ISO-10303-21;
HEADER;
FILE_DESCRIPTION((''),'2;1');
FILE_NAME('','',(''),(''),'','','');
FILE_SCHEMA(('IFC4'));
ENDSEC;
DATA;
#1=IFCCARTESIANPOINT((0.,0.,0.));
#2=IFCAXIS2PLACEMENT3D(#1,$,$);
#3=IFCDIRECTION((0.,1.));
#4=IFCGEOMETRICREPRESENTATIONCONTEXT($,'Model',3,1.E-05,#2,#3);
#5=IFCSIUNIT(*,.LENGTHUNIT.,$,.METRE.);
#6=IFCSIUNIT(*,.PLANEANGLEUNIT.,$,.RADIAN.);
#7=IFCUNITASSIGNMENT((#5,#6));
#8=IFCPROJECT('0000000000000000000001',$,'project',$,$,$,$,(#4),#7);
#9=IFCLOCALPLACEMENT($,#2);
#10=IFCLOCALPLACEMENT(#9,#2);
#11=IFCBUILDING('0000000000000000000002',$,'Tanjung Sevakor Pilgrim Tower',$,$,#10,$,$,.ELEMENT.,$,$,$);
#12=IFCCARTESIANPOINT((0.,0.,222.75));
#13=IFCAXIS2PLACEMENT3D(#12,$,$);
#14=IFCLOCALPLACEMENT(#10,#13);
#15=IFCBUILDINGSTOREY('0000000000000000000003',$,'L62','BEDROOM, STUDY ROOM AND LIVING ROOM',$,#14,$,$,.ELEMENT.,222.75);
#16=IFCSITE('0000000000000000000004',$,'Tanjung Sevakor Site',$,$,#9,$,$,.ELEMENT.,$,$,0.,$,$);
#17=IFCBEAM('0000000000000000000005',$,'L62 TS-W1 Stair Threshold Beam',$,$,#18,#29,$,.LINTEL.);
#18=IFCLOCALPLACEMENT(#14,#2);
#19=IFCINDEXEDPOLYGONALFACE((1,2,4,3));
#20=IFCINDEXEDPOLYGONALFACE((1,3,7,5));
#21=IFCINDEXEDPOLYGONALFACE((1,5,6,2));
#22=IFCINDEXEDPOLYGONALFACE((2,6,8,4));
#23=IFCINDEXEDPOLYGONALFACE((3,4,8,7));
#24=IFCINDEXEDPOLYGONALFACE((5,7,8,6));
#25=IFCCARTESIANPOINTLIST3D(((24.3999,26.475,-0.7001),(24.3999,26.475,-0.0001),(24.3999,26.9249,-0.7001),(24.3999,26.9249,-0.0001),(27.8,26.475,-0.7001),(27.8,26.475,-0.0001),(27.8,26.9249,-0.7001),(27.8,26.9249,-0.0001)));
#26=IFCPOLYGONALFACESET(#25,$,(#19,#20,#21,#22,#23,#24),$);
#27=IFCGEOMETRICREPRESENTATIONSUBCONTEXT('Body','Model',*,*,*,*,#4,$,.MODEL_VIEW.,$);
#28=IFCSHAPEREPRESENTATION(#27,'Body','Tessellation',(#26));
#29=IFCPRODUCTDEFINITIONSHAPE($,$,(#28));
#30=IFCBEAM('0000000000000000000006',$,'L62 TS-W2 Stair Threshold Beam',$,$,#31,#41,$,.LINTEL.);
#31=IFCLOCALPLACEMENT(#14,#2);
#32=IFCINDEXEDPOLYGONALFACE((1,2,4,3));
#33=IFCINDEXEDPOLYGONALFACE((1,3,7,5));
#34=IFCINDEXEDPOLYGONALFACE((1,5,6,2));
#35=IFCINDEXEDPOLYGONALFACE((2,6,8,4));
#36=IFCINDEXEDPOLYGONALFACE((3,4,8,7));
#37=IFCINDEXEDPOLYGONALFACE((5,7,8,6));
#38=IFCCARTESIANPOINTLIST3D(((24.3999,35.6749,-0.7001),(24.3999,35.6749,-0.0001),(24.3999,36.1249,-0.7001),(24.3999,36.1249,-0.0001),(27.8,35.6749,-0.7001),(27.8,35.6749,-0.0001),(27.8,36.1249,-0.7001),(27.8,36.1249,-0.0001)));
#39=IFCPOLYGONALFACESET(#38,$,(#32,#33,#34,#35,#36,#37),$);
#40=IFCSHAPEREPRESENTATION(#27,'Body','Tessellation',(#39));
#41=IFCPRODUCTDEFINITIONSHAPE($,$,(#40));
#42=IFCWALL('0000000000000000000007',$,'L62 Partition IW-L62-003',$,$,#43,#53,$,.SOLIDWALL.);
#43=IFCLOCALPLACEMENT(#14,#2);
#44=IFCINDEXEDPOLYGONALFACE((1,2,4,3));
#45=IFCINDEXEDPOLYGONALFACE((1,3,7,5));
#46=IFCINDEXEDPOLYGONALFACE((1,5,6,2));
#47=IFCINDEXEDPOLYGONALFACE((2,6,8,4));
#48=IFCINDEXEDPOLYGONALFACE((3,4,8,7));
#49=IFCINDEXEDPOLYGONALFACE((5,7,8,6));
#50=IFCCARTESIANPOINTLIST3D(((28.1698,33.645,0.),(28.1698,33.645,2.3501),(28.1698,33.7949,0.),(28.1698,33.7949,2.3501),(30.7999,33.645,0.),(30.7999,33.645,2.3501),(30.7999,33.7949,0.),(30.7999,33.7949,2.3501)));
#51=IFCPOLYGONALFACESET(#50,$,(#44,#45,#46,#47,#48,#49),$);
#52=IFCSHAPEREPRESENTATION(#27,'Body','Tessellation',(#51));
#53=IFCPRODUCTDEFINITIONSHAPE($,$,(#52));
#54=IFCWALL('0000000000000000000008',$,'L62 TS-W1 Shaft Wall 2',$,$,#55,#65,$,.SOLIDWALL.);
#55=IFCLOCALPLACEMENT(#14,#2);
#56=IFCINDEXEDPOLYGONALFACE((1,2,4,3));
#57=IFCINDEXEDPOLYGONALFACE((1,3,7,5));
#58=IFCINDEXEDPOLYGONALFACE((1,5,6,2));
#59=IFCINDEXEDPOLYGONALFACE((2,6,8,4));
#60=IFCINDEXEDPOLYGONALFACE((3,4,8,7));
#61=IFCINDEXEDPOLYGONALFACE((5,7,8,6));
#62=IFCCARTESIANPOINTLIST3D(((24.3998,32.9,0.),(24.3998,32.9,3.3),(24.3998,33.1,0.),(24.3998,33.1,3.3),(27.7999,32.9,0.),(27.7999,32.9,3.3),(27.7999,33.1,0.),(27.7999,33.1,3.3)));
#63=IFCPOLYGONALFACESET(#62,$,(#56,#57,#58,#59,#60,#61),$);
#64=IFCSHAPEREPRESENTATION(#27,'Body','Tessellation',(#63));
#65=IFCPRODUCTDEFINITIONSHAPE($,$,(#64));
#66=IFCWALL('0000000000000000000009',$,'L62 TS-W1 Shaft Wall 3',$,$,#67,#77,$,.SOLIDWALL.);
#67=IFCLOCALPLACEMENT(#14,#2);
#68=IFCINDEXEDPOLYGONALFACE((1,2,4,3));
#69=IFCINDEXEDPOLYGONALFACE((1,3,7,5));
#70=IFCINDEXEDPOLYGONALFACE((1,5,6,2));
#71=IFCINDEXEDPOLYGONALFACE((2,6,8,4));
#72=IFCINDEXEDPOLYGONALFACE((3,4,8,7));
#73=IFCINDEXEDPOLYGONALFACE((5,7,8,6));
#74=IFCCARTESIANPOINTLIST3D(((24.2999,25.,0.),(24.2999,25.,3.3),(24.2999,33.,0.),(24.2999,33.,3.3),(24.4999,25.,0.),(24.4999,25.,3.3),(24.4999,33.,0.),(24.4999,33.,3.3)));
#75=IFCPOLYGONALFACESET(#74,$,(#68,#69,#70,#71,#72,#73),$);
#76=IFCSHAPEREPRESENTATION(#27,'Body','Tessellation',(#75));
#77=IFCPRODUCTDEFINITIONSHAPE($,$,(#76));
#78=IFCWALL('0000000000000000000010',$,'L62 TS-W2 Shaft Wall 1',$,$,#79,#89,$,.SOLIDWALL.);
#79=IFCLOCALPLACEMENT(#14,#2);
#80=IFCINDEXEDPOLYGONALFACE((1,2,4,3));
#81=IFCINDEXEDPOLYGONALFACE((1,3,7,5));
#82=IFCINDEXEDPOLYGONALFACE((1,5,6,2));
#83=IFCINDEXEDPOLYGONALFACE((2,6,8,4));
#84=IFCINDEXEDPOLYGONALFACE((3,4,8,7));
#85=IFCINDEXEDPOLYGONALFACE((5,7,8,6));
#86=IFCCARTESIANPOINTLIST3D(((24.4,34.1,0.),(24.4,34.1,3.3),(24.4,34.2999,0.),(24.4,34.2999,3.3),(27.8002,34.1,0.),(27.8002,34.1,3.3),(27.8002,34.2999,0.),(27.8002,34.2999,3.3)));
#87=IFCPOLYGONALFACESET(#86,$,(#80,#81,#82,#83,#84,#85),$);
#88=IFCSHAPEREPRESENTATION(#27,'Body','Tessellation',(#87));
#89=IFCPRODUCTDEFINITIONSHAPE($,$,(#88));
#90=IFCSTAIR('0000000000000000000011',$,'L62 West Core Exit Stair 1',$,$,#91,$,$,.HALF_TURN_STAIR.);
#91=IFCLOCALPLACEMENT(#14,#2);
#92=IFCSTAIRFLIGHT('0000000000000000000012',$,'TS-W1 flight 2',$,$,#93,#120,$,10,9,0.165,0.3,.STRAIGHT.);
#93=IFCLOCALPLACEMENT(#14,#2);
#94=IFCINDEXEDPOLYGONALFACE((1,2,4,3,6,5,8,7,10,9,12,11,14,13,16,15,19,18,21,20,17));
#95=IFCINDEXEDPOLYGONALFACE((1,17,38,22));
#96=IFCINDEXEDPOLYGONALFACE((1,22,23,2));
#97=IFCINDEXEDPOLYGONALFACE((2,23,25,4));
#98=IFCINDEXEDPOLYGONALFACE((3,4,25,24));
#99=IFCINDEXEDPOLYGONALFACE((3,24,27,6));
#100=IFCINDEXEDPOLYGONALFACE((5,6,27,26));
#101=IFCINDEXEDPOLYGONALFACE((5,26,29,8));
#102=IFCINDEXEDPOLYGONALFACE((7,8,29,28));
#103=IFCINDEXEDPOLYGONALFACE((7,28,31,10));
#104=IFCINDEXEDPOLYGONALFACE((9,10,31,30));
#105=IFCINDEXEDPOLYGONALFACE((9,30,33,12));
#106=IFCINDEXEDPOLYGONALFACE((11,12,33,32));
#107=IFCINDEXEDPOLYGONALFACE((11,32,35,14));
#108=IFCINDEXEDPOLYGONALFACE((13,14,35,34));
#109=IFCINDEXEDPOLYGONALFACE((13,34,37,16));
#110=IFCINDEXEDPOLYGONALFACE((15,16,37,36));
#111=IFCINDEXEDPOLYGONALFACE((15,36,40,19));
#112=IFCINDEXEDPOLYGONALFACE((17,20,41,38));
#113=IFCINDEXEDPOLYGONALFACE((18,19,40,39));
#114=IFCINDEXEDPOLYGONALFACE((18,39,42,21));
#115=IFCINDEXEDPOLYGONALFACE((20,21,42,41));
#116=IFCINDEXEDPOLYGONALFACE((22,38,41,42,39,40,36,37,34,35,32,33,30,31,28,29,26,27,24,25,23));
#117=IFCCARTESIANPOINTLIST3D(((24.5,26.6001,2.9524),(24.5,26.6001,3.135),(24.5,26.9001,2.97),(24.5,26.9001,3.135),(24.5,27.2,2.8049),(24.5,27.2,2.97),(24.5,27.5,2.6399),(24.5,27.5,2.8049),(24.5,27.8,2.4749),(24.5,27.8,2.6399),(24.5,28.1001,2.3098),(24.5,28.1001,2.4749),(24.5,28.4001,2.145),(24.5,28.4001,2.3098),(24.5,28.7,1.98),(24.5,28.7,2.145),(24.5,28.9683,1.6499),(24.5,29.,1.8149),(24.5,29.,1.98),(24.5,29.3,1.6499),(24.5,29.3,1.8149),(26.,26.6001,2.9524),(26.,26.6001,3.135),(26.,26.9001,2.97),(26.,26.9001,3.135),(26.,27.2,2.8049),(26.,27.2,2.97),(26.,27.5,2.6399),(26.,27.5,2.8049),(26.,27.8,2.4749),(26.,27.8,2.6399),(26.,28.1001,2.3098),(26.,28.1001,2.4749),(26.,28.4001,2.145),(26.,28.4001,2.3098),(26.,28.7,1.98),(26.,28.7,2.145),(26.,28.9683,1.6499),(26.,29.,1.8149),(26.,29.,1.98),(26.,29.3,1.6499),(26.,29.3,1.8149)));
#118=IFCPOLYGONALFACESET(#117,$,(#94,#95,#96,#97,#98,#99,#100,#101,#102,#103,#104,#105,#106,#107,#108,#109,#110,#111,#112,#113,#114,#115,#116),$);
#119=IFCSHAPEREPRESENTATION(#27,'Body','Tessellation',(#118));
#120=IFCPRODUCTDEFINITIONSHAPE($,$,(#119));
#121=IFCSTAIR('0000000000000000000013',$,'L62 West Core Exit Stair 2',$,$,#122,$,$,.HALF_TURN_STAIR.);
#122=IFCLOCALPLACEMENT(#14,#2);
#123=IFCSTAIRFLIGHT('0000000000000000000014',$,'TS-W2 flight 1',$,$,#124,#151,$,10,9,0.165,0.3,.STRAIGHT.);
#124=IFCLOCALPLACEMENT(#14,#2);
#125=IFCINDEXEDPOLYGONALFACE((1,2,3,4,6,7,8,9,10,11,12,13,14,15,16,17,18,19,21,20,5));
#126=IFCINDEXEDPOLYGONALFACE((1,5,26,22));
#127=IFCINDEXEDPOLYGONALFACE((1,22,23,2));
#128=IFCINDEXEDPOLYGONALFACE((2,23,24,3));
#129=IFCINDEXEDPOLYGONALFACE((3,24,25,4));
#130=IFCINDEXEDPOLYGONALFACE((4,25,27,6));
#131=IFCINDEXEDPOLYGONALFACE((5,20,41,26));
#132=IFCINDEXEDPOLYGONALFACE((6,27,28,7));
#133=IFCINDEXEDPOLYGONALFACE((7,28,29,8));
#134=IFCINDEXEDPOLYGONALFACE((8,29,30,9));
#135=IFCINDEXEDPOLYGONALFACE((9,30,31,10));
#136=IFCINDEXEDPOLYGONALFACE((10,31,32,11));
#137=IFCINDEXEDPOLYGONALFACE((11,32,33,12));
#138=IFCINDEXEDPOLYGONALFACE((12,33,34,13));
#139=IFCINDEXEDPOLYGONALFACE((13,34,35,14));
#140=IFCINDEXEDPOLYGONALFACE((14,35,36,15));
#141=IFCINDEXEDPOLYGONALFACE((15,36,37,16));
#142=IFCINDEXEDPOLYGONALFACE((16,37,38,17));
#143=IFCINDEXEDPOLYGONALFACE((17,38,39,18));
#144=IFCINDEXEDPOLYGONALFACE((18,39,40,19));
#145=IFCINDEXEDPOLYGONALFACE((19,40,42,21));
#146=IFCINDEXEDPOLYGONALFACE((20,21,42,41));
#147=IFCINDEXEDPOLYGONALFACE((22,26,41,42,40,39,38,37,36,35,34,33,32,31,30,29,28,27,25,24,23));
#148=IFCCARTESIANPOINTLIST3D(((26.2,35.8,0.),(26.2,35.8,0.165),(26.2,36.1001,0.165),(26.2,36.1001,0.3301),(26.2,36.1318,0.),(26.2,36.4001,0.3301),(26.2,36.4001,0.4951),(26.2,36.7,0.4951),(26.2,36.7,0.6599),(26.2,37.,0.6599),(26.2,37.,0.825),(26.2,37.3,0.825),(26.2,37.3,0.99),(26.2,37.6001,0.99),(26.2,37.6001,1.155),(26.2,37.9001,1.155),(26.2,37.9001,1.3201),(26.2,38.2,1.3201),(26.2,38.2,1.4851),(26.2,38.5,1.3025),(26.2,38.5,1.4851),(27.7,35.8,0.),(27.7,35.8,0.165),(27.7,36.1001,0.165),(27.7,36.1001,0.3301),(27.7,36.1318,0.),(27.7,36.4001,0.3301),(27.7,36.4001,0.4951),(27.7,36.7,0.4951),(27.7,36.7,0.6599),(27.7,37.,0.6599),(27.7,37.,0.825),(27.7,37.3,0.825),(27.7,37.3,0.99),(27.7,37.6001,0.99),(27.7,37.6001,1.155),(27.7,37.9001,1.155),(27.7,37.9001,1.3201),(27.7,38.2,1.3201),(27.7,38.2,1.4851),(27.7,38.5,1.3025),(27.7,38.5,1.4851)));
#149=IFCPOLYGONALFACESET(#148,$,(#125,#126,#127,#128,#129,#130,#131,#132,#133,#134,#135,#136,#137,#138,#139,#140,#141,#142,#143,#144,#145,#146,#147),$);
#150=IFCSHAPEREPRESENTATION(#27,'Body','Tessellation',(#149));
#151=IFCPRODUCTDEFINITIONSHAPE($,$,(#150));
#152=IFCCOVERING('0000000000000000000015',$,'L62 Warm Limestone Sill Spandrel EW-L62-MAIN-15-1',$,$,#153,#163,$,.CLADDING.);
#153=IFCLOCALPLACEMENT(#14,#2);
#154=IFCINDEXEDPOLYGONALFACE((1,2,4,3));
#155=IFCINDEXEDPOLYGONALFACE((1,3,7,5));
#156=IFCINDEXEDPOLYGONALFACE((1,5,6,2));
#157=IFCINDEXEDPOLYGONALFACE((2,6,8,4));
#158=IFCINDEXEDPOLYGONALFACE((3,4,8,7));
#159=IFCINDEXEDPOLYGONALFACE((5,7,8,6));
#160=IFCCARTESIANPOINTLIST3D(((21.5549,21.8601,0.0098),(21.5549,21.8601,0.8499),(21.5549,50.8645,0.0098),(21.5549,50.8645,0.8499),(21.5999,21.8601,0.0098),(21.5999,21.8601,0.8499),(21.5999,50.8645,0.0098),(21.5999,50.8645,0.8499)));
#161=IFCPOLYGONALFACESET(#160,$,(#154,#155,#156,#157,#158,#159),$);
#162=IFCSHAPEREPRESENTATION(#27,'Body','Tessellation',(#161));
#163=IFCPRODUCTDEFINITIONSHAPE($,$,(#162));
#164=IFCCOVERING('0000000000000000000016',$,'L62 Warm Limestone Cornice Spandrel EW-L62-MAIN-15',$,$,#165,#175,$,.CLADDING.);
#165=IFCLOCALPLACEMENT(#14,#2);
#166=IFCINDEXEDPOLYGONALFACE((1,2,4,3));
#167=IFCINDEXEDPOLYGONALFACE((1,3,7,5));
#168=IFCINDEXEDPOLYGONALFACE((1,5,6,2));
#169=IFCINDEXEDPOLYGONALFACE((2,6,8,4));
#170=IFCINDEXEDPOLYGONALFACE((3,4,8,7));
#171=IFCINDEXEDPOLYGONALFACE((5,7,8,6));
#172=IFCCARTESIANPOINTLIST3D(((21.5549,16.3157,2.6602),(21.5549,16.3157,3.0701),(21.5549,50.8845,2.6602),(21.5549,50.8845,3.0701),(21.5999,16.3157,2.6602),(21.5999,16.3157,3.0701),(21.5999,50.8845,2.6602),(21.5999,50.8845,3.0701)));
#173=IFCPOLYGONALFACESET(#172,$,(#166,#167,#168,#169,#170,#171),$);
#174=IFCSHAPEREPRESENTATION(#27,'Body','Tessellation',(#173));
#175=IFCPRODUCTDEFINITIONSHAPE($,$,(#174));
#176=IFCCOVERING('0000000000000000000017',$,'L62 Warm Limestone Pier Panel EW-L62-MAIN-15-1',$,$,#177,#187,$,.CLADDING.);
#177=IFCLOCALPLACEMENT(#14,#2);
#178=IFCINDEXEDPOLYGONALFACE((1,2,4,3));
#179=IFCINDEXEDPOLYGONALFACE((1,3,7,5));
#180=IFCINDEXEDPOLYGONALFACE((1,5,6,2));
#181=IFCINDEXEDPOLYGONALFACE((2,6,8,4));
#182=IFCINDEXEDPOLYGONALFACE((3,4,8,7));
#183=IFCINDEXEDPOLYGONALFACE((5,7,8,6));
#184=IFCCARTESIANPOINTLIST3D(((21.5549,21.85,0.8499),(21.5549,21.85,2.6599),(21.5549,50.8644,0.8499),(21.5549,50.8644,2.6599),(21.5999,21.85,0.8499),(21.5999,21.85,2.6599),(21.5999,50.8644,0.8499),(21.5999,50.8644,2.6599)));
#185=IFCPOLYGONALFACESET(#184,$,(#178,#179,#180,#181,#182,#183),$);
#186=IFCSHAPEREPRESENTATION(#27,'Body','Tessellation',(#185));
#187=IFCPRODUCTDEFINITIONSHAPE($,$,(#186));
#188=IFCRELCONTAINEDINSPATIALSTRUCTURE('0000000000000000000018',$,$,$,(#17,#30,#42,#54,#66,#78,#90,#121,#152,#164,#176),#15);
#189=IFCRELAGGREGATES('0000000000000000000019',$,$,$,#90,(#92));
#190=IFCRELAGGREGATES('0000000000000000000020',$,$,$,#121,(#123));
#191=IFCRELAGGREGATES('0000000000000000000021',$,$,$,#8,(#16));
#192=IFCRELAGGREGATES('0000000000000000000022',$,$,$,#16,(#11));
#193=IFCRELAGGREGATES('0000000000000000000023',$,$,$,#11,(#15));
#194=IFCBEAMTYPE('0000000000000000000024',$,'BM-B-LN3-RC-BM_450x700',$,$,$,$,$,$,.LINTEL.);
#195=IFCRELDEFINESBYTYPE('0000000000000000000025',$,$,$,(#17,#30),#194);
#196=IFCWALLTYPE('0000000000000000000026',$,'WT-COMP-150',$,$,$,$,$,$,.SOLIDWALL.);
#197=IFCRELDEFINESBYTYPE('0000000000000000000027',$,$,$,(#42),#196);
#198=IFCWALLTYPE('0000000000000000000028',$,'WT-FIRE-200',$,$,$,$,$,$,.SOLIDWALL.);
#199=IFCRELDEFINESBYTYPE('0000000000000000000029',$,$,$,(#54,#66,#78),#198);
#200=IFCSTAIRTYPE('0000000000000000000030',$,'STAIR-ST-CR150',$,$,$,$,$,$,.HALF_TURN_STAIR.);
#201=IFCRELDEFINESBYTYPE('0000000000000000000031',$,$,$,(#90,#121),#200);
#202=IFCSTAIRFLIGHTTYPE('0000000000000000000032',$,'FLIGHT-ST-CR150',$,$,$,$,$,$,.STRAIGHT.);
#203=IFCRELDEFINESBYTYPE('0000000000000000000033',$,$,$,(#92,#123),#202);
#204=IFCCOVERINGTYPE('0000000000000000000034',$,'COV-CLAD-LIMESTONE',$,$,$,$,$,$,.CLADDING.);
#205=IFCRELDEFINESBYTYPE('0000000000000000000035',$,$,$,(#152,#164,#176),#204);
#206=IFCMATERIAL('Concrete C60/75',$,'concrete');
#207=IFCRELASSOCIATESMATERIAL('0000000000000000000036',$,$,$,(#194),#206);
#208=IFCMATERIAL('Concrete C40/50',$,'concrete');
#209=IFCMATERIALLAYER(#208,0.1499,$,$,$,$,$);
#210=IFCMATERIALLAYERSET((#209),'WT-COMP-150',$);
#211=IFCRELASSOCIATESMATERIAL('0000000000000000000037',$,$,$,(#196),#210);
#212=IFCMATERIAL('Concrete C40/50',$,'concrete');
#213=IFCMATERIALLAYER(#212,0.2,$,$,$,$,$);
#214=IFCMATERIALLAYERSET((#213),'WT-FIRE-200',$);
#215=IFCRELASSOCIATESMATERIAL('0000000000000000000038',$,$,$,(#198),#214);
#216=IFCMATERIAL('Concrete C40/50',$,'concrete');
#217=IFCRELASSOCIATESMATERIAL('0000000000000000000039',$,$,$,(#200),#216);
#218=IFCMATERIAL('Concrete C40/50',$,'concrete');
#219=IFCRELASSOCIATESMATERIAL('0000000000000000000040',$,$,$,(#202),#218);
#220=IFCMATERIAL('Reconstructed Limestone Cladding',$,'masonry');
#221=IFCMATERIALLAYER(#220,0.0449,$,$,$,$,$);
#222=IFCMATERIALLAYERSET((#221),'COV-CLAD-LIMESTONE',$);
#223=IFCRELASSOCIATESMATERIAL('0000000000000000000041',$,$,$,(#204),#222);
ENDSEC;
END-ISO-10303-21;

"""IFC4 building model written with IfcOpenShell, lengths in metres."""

from ifc_helpers import new_model, si_unit, direction, frame, frame_2d, origin, origin_2d, place, context, subcontext, project, spatial, polyline, rectangle, outline, extrude, material, layer, layer_set, material_profile, profile_set, type_object, element, aggregate, save


model = new_model("IFC4")

# Units and contexts
model_context = context("Model", 3, precision=1e-05, world=origin(), true_north=direction((0.0, 1.0)))
body_context = subcontext(model_context, "Body", "Model", "MODEL_VIEW")
ifc_project = project(units=[si_unit("LENGTHUNIT", "METRE"), si_unit("PLANEANGLEUNIT", "RADIAN")], contexts=[model_context])

# Site, building, storey
site_placement = place(None, origin())
site = spatial("IfcSite", under=ifc_project, at=site_placement, Name="Tanjung Sevakor Site", CompositionType="ELEMENT", RefElevation=0.0)
building_placement = place(site_placement, origin())
building = spatial("IfcBuilding", under=site, at=building_placement, Name="Tanjung Sevakor Pilgrim Tower", CompositionType="ELEMENT")
storey_placement = place(building_placement, frame((0.0, 0.0, 222.75)))
storey = spatial("IfcBuildingStorey", under=building, at=storey_placement, Name="L62", Description="BEDROOM, STUDY ROOM AND LIVING ROOM", CompositionType="ELEMENT", Elevation=222.75)

# Beams
ifc_material_1 = material(Name="Concrete C60/75", Category="concrete")
ifc_material_profile = material_profile(ifc_material_1, rectangle(XDim=0.45, YDim=0.7, at=origin_2d()))
ifc_profile_set = profile_set([ifc_material_profile], Name="Concrete C60/75")
beam_type = type_object("IfcBeamType", Name="BM-B-LN3-RC-BM_450x700", PredefinedType="LINTEL", material=ifc_profile_set)
for number, where, z_axis, x_axis, name in (
    (1, (24.3999, 26.7, -0.3501), (1.0, 0.0, 0.0), (0.0, 1.0, 0.0), "L62 TS-W1 Stair Threshold Beam"),
    (2, (24.3999, 35.8999, -0.3501), (1.0, 0.0, 0.0), (0.0, 1.0, 0.0), "L62 TS-W2 Stair Threshold Beam"),
):
    element("IfcBeam", number, at=place(storey_placement, frame(where, z_axis=z_axis, x_axis=x_axis)), inside=storey, type_object=beam_type, Name=name, PredefinedType="LINTEL", context=body_context, shape_type="SweptSolid", body=[
        extrude(rectangle(XDim=0.45, YDim=0.7, at=origin_2d()), origin(), (0.0, 0.0, 1.0), 3.4001),
    ])

# Wall
ifc_material_2 = material(Name="Concrete C40/50", Category="concrete")
ifc_layer_1 = layer(ifc_material_2, 0.1499)
ifc_layer_set_1 = layer_set([ifc_layer_1], Name="WT-COMP-150")
wall_type_1 = type_object("IfcWallType", Name="WT-COMP-150", PredefinedType="SOLIDWALL", material=ifc_layer_set_1)
wall_1_placement = place(storey_placement, frame((28.1699, 33.72, 0.0), z_axis=(0.0, 0.0, 1.0), x_axis=(1.0, 0.0, 0.0)))
element("IfcWall", 3, at=wall_1_placement, inside=storey, type_object=wall_type_1, Name="L62 Partition IW-L62-003", PredefinedType="SOLIDWALL", context=body_context, shape_type="SweptSolid", body=[
    extrude(rectangle(XDim=2.6301, YDim=0.1499, at=frame_2d((1.3149, 0.0))), origin(), (0.0, 0.0, 1.0), 2.3501),
])

# Walls
ifc_material_3 = material(Name="Concrete C40/50", Category="concrete")
ifc_layer_2 = layer(ifc_material_3, 0.2)
ifc_layer_set_2 = layer_set([ifc_layer_2], Name="WT-FIRE-200")
wall_type_2 = type_object("IfcWallType", Name="WT-FIRE-200", PredefinedType="SOLIDWALL", material=ifc_layer_set_2)
wall_2_placement = place(storey_placement, frame((27.8, 33.0, 0.0), z_axis=(0.0, 0.0, 1.0), x_axis=(-1.0, 0.0, 0.0)))
element("IfcWall", 4, at=wall_2_placement, inside=storey, type_object=wall_type_2, Name="L62 TS-W1 Shaft Wall 2", PredefinedType="SOLIDWALL", context=body_context, shape_type="SweptSolid", body=[
    extrude(rectangle(XDim=3.4001, YDim=0.2, at=frame_2d((1.7002, 0.0))), origin(), (0.0, 0.0, 1.0), 3.3),
])
wall_3_placement = place(storey_placement, frame((24.3999, 33.0, 0.0), z_axis=(0.0, 0.0, 1.0), x_axis=(0.0, -1.0, 0.0)))
element("IfcWall", 5, at=wall_3_placement, inside=storey, type_object=wall_type_2, Name="L62 TS-W1 Shaft Wall 3", PredefinedType="SOLIDWALL", context=body_context, shape_type="SweptSolid", body=[
    extrude(rectangle(XDim=8.0, YDim=0.2, at=frame_2d((4.0, 0.0))), origin(), (0.0, 0.0, 1.0), 3.3),
])
wall_4_placement = place(storey_placement, frame((24.3999, 34.2, 0.0), z_axis=(0.0, 0.0, 1.0), x_axis=(1.0, 0.0, 0.0)))
element("IfcWall", 6, at=wall_4_placement, inside=storey, type_object=wall_type_2, Name="L62 TS-W2 Shaft Wall 1", PredefinedType="SOLIDWALL", context=body_context, shape_type="SweptSolid", body=[
    extrude(rectangle(XDim=3.4001, YDim=0.2, at=frame_2d((1.7002, 0.0))), origin(), (0.0, 0.0, 1.0), 3.3),
])

# Stairs, stair flights
ifc_material_4 = material(Name="Concrete C40/50", Category="concrete")
stair_type = type_object("IfcStairType", Name="STAIR-ST-CR150", PredefinedType="HALF_TURN_STAIR", material=ifc_material_4)
stair_1_placement = place(storey_placement, origin())
stair_1 = element("IfcStair", 7, at=stair_1_placement, inside=storey, type_object=stair_type, Name="L62 West Core Exit Stair 1", PredefinedType="HALF_TURN_STAIR")
ifc_material_5 = material(Name="Concrete C40/50", Category="concrete")
stair_flight_type = type_object("IfcStairFlightType", Name="FLIGHT-ST-CR150", PredefinedType="STRAIGHT", material=ifc_material_5)
stair_flight_1_placement = place(storey_placement, frame((25.25, 29.3, 1.6499), z_axis=(0.0, 0.0, 1.0), x_axis=(0.0, -1.0, 0.0)))
stair_flight_1 = element("IfcStairFlight", 8, at=stair_flight_1_placement, type_object=stair_flight_type, Name="TS-W1 flight 2", NumberOfRisers=10, NumberOfTreads=9, PredefinedType="STRAIGHT", RiserHeight=0.165, TreadLength=0.3, context=body_context, shape_type="SweptSolid", body=[
    extrude(outline(polyline([(0.0, 0.0), (0.0, 0.165), (0.3, 0.165), (0.3, 0.3301), (0.6001, 0.3301), (0.6001, 0.4951), (0.8999, 0.4951), (0.8999, 0.6599), (1.2, 0.6599), (1.2, 0.825), (1.5, 0.825), (1.5, 0.99), (1.8, 0.99), (1.8, 1.155), (2.1001, 1.155), (2.1001, 1.3201), (2.3999, 1.3201), (2.3999, 1.4851), (2.7, 1.4851), (2.7, 1.6499), (2.7, 1.3025), (0.3318, 0.0), (0.0, 0.0)])), frame((0.0, 0.75, 0.0), z_axis=(0.0, -1.0, 0.0), x_axis=(1.0, 0.0, 0.0)), (0.0, 0.0, 1.0), 1.5),
])
aggregate(stair_1, [stair_flight_1])
stair_2_placement = place(storey_placement, origin())
stair_2 = element("IfcStair", 9, at=stair_2_placement, inside=storey, type_object=stair_type, Name="L62 West Core Exit Stair 2", PredefinedType="HALF_TURN_STAIR")
stair_flight_2_placement = place(storey_placement, frame((26.95, 35.8, 0.0), z_axis=(0.0, 0.0, 1.0), x_axis=(0.0, 1.0, 0.0)))
stair_flight_2 = element("IfcStairFlight", 10, at=stair_flight_2_placement, type_object=stair_flight_type, Name="TS-W2 flight 1", NumberOfRisers=10, NumberOfTreads=9, PredefinedType="STRAIGHT", RiserHeight=0.165, TreadLength=0.3, context=body_context, shape_type="SweptSolid", body=[
    extrude(outline(polyline([(0.0, 0.0), (0.0, 0.165), (0.3, 0.165), (0.3, 0.3301), (0.6001, 0.3301), (0.6001, 0.4951), (0.8999, 0.4951), (0.8999, 0.6599), (1.2, 0.6599), (1.2, 0.825), (1.5, 0.825), (1.5, 0.99), (1.8, 0.99), (1.8, 1.155), (2.1001, 1.155), (2.1001, 1.3201), (2.3999, 1.3201), (2.3999, 1.4851), (2.7, 1.4851), (2.7, 1.6499), (2.7, 1.3025), (0.3318, 0.0), (0.0, 0.0)])), frame((0.0, 0.75, 0.0), z_axis=(0.0, -1.0, 0.0), x_axis=(1.0, 0.0, 0.0)), (0.0, 0.0, 1.0), 1.5),
])
aggregate(stair_2, [stair_flight_2])

# Coverings
ifc_material_6 = material(Name="Reconstructed Limestone Cladding", Category="masonry")
ifc_layer_3 = layer(ifc_material_6, 0.0449)
ifc_layer_set_3 = layer_set([ifc_layer_3], Name="COV-CLAD-LIMESTONE")
covering_type = type_object("IfcCoveringType", Name="COV-CLAD-LIMESTONE", PredefinedType="CLADDING", material=ifc_layer_set_3)
covering_1_placement = place(storey_placement, frame((21.5774, 36.3623, 0.0098), z_axis=(0.0, 0.0, 1.0), x_axis=(0.0, -1.0, 0.0)))
element("IfcCovering", 11, at=covering_1_placement, inside=storey, type_object=covering_type, Name="L62 Warm Limestone Sill Spandrel EW-L62-MAIN-15-1", PredefinedType="CLADDING", context=body_context, shape_type="SweptSolid", body=[
    extrude(rectangle(XDim=29.0044, YDim=0.0449, at=origin_2d()), origin(), (0.0, 0.0, 1.0), 0.8401),
])
covering_2_placement = place(storey_placement, frame((21.5774, 33.6001, 2.6602), z_axis=(0.0, 0.0, 1.0), x_axis=(0.0, -1.0, 0.0)))
element("IfcCovering", 12, at=covering_2_placement, inside=storey, type_object=covering_type, Name="L62 Warm Limestone Cornice Spandrel EW-L62-MAIN-15", PredefinedType="CLADDING", context=body_context, shape_type="SweptSolid", body=[
    extrude(rectangle(XDim=34.5688, YDim=0.0449, at=origin_2d()), origin(), (0.0, 0.0, 1.0), 0.4099),
])
covering_3_placement = place(storey_placement, frame((21.5774, 36.3572, 0.8499), z_axis=(0.0, 0.0, 1.0), x_axis=(0.0, -1.0, 0.0)))
element("IfcCovering", 13, at=covering_3_placement, inside=storey, type_object=covering_type, Name="L62 Warm Limestone Pier Panel EW-L62-MAIN-15-1", PredefinedType="CLADDING", context=body_context, shape_type="SweptSolid", body=[
    extrude(rectangle(XDim=29.0144, YDim=0.0449, at=origin_2d()), origin(), (0.0, 0.0, 1.0), 1.8101),
])

save(model, "model.ifc")
